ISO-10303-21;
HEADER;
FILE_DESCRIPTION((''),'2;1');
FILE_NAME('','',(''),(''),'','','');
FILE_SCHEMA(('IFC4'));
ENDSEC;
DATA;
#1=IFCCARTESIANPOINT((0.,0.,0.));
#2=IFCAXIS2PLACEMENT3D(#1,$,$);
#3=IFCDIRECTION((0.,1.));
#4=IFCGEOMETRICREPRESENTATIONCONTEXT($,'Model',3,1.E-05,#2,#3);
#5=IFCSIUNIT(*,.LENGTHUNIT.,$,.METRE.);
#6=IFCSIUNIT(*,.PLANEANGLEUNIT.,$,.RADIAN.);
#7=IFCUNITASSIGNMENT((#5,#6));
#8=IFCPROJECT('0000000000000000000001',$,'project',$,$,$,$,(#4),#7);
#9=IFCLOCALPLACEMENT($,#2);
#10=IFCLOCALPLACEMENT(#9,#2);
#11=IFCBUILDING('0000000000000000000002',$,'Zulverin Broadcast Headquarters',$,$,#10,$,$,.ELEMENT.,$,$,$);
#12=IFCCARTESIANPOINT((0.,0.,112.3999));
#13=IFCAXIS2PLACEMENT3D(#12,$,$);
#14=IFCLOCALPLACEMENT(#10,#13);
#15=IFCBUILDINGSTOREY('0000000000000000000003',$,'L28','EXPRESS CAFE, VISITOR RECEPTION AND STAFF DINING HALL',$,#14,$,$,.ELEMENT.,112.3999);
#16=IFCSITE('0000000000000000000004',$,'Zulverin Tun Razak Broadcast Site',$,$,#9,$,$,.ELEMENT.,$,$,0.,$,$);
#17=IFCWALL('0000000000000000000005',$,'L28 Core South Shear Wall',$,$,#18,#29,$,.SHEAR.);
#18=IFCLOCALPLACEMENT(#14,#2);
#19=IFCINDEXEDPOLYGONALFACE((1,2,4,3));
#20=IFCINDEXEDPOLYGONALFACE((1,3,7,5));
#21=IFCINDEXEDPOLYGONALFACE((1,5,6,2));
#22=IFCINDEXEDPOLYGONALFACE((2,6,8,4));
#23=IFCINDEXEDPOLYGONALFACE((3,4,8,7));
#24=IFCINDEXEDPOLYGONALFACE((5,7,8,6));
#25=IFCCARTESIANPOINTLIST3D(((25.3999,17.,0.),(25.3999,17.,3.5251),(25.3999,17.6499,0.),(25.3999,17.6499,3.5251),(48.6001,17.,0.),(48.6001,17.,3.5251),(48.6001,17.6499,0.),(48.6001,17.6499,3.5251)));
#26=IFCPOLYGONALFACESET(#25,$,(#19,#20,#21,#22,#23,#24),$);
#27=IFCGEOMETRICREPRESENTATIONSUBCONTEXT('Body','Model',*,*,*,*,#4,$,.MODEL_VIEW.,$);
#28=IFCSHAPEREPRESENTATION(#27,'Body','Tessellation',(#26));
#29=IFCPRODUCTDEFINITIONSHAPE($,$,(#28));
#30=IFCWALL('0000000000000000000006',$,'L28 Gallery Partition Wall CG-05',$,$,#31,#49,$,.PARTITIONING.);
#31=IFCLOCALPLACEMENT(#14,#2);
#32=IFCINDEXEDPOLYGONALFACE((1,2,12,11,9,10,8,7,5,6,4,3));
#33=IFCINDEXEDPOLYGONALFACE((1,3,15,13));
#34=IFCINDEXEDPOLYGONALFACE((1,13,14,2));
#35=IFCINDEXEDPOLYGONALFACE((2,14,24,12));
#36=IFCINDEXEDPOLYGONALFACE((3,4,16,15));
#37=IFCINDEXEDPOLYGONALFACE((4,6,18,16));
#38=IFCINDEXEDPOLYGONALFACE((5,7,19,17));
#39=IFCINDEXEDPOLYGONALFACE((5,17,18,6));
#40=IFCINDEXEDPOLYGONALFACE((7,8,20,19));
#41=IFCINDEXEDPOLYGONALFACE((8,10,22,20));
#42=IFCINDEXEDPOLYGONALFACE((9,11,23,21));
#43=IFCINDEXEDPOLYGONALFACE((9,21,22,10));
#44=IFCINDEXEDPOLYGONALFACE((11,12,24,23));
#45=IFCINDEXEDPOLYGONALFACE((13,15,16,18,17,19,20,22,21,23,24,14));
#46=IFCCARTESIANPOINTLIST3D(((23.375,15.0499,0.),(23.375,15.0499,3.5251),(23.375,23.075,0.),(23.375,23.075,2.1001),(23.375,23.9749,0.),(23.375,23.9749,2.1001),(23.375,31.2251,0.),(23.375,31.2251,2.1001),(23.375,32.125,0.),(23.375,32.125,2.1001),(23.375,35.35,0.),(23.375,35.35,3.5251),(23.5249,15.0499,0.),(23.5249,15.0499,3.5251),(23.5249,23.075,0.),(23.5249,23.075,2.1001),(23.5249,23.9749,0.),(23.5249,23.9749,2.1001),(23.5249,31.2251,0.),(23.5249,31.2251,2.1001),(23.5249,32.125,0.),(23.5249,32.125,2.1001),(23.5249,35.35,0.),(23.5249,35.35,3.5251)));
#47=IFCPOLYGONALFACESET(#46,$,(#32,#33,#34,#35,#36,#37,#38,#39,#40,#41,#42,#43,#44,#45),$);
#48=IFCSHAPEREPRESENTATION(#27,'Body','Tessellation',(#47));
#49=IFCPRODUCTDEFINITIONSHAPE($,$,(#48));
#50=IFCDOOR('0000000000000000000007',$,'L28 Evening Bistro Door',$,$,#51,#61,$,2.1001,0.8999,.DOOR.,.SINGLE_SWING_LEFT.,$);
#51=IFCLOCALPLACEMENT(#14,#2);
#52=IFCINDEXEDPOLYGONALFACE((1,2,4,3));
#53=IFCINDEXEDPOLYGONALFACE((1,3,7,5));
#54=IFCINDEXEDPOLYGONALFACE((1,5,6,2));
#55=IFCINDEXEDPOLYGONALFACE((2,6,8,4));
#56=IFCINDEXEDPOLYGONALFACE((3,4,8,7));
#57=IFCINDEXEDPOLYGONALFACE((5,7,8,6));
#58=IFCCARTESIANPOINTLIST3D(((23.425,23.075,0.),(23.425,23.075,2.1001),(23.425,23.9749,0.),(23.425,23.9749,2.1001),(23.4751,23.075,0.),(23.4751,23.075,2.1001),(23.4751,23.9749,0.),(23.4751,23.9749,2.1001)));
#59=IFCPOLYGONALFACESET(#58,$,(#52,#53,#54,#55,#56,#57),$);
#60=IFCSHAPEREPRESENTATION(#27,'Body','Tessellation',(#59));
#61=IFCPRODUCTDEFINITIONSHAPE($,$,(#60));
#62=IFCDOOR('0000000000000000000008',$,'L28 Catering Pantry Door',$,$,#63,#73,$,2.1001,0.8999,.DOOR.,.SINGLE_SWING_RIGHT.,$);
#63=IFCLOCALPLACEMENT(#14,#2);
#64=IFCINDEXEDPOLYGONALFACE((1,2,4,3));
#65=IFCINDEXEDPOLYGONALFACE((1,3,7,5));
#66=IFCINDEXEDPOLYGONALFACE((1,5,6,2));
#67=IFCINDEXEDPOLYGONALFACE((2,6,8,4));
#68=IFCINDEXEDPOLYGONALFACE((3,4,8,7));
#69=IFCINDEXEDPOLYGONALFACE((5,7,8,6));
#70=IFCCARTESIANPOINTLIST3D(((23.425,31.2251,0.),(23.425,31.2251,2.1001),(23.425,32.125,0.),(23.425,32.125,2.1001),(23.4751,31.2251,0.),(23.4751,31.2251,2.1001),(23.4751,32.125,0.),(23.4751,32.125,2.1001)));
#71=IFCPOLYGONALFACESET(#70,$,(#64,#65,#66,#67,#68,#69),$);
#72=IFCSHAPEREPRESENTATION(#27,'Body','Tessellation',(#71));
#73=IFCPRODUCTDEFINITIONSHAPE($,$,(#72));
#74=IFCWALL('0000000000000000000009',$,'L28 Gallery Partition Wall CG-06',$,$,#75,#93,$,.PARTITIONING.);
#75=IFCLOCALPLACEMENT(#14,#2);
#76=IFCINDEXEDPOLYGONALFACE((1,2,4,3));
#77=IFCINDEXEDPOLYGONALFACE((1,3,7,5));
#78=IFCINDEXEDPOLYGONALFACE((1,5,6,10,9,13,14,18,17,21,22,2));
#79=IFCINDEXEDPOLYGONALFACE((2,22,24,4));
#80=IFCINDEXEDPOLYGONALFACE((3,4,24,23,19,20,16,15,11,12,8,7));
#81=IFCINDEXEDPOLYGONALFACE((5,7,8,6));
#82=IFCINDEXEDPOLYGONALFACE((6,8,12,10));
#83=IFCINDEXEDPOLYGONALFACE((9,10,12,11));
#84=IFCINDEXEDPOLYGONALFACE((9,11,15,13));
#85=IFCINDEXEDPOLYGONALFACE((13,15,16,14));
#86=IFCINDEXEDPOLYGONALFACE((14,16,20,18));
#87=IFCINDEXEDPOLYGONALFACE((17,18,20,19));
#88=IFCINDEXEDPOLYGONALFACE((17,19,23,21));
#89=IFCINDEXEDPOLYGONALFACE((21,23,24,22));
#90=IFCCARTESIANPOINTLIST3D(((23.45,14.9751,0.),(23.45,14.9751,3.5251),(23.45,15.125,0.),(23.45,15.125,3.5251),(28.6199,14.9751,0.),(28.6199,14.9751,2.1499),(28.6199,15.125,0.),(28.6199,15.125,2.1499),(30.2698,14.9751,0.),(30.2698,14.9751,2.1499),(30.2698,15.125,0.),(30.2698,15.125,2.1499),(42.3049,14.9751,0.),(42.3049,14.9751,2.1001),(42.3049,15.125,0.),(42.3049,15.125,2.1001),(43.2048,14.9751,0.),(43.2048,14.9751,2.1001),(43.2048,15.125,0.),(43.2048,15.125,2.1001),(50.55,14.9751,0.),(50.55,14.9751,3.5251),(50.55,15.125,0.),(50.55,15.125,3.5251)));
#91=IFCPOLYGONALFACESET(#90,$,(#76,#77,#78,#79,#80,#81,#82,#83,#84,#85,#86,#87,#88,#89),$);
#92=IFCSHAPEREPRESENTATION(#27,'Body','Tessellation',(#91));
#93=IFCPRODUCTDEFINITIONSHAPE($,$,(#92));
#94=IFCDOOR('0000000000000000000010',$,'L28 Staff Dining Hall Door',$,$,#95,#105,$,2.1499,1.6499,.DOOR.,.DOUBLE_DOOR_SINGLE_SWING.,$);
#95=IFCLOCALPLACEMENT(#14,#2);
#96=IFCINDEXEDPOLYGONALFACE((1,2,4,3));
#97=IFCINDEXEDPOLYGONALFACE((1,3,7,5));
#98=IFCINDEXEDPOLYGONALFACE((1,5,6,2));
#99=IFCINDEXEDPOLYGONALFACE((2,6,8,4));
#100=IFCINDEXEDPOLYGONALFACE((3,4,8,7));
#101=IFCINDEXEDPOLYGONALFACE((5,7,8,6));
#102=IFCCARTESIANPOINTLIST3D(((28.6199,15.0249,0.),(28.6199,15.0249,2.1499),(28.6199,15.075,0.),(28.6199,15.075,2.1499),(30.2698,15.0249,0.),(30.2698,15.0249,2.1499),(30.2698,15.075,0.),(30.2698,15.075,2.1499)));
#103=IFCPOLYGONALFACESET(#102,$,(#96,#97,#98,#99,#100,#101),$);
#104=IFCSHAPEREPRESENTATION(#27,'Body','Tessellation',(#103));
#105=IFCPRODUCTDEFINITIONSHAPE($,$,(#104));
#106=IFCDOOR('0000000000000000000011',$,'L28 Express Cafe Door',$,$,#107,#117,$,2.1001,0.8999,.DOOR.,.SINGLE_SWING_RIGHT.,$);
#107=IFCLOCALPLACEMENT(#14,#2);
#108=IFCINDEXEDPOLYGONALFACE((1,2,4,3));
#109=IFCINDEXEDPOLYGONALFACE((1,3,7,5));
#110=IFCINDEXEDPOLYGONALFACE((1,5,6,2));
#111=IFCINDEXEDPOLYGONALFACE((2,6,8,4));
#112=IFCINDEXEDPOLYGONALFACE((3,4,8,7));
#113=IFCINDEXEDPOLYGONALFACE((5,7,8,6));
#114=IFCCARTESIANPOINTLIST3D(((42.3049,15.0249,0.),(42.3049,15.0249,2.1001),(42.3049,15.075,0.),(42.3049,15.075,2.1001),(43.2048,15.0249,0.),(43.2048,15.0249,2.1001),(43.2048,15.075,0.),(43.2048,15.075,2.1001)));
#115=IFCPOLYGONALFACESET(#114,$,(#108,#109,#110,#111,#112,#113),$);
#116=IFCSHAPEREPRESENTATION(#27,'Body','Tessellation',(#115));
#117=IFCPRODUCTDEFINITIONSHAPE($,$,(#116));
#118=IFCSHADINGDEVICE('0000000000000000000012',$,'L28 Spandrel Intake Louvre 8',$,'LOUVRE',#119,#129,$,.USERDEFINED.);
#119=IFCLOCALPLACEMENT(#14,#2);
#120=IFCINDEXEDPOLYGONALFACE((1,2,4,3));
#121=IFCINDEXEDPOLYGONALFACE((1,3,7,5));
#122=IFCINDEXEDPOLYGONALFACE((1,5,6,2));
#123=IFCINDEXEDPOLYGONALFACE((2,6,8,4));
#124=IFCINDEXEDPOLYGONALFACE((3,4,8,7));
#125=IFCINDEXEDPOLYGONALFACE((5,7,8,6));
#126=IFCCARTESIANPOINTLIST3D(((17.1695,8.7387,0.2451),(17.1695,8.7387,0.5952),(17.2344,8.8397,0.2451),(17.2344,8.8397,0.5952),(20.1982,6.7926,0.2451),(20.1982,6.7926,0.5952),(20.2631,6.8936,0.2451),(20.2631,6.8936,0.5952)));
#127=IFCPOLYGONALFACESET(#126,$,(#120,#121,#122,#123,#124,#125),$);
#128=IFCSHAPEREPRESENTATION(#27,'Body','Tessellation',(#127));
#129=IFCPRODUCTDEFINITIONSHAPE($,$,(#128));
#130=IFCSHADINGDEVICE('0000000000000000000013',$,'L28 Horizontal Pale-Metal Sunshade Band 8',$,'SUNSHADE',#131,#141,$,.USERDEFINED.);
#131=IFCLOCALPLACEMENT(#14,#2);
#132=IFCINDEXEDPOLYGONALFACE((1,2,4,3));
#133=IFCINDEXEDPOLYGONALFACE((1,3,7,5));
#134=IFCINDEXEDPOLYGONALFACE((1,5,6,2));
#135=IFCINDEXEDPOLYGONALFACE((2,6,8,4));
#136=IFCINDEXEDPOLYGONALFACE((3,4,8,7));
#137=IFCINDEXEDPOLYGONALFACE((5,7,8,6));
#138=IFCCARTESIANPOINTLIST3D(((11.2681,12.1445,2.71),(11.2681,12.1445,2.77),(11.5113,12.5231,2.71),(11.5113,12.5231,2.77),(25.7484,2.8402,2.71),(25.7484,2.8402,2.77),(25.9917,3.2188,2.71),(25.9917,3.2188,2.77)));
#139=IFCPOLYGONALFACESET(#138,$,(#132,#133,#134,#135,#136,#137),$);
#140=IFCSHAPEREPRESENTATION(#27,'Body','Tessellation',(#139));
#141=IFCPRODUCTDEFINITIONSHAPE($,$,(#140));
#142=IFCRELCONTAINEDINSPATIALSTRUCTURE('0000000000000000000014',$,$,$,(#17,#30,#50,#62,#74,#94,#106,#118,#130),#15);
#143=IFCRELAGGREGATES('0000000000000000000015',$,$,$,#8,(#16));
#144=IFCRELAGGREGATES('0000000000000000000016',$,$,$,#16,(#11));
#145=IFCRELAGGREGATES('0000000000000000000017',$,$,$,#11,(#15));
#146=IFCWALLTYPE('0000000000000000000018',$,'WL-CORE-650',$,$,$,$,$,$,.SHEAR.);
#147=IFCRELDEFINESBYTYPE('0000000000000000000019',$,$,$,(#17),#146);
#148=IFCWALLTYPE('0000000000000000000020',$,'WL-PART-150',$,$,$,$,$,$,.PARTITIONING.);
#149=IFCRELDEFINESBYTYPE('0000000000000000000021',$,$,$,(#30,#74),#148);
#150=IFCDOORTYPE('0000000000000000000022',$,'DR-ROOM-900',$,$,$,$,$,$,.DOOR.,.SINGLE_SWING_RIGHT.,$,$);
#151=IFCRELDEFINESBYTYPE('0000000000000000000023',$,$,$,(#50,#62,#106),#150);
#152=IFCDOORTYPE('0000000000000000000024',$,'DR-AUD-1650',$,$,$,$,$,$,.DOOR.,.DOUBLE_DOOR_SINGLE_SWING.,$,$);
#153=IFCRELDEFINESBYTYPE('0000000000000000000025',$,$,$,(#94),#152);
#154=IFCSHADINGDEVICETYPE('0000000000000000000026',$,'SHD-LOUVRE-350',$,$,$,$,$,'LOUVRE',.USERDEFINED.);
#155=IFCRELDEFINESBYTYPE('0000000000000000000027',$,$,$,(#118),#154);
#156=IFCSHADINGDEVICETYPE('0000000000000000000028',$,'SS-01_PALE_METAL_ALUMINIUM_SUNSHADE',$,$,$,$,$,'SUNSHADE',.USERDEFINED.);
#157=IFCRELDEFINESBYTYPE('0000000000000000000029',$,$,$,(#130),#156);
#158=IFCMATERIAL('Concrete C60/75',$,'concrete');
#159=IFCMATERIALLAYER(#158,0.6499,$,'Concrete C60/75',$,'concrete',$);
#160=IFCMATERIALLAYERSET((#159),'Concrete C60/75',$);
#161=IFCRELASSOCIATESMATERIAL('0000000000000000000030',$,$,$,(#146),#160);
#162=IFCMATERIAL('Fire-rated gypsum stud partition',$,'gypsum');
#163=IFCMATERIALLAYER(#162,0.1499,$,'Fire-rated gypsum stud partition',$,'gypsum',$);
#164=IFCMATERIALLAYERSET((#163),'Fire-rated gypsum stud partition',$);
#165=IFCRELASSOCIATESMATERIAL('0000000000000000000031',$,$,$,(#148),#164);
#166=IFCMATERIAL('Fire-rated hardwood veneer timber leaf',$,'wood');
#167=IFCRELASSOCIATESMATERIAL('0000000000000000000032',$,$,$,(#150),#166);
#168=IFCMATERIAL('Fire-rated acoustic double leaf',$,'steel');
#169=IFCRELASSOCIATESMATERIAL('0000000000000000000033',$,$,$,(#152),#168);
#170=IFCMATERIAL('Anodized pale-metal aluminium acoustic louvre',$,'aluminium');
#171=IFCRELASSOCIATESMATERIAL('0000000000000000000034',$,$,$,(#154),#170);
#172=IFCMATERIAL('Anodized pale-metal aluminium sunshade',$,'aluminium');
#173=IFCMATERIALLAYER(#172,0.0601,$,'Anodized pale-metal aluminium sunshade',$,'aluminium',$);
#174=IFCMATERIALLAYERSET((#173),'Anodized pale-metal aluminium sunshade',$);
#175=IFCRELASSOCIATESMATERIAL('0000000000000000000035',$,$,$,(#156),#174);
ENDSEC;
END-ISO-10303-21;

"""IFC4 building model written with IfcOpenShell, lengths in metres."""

from ifc_helpers import new_model, si_unit, direction, frame, frame_2d, origin, origin_2d, place, context, subcontext, project, spatial, rectangle, extrude, material, layer, layer_set, type_object, element, fill, save


model = new_model("IFC4")

# Units and contexts
model_context = context("Model", 3, precision=1e-05, world=origin(), true_north=direction((0.0, 1.0)))
body_context = subcontext(model_context, "Body", "Model", "MODEL_VIEW")
ifc_project = project(units=[si_unit("LENGTHUNIT", "METRE"), si_unit("PLANEANGLEUNIT", "RADIAN")], contexts=[model_context])

# Site, building, storey
site_placement = place(None, origin())
site = spatial("IfcSite", under=ifc_project, at=site_placement, Name="Zulverin Tun Razak Broadcast Site", CompositionType="ELEMENT", RefElevation=0.0)
building_placement = place(site_placement, origin())
building = spatial("IfcBuilding", under=site, at=building_placement, Name="Zulverin Broadcast Headquarters", CompositionType="ELEMENT")
storey_placement = place(building_placement, frame((0.0, 0.0, 112.3999)))
storey = spatial("IfcBuildingStorey", under=building, at=storey_placement, Name="L28", Description="EXPRESS CAFE, VISITOR RECEPTION AND STAFF DINING HALL", CompositionType="ELEMENT", Elevation=112.3999)

# Shared definitions
ifc_material_1 = material(Name="Concrete C60/75", Category="concrete")

# Wall
ifc_layer_1 = layer(ifc_material_1, 0.6499, Name="Concrete C60/75", Category="concrete")
ifc_layer_set_1 = layer_set([ifc_layer_1], Name="Concrete C60/75")
wall_type_1 = type_object("IfcWallType", Name="WL-CORE-650", PredefinedType="SHEAR", material=ifc_layer_set_1)
wall_1_placement = place(storey_placement, frame((25.3999, 17.325, 0.0), z_axis=(0.0, 0.0, 1.0), x_axis=(1.0, 0.0, 0.0)))
element("IfcWall", 1, at=wall_1_placement, inside=storey, type_object=wall_type_1, Name="L28 Core South Shear Wall", PredefinedType="SHEAR", context=body_context, shape_type="SweptSolid", body=[
    extrude(rectangle(XDim=23.2002, YDim=0.6499, at=frame_2d((11.6001, 0.0))), origin(), (0.0, 0.0, 1.0), 3.5251),
])

# Walls, openings, doors
ifc_material_2 = material(Name="Fire-rated gypsum stud partition", Category="gypsum")
ifc_layer_2 = layer(ifc_material_2, 0.1499, Name="Fire-rated gypsum stud partition", Category="gypsum")
ifc_layer_set_2 = layer_set([ifc_layer_2], Name="Fire-rated gypsum stud partition")
wall_type_2 = type_object("IfcWallType", Name="WL-PART-150", PredefinedType="PARTITIONING", material=ifc_layer_set_2)
wall_2_placement = place(storey_placement, frame((23.45, 15.05, 0.0), z_axis=(0.0, 0.0, 1.0), x_axis=(0.0, 1.0, 0.0)))
wall_2 = element("IfcWall", 2, at=wall_2_placement, inside=storey, type_object=wall_type_2, Name="L28 Gallery Partition Wall CG-05", PredefinedType="PARTITIONING", context=body_context, shape_type="SweptSolid", body=[
    extrude(rectangle(XDim=20.3, YDim=0.1499, at=frame_2d((10.1499, 0.0))), origin(), (0.0, 0.0, 1.0), 3.5251),
])
opening_1_placement = place(wall_2_placement, frame((8.0249, 0.0, 0.0)))
opening_1 = element("IfcOpeningElement", 3, at=opening_1_placement, cuts=wall_2, PredefinedType="OPENING", context=body_context, shape_type="SweptSolid", body=[
    extrude(rectangle(XDim=0.8999, YDim=2.1001, at=frame_2d((0.45, 1.05))), frame((0.0, 0.085, 0.0), z_axis=(0.0, -1.0, 0.0), x_axis=(1.0, 0.0, 0.0)), (0.0, 0.0, 1.0), 0.1699),
])
opening_2_placement = place(wall_2_placement, frame((16.175, 0.0, 0.0)))
opening_2 = element("IfcOpeningElement", 4, at=opening_2_placement, cuts=wall_2, PredefinedType="OPENING", context=body_context, shape_type="SweptSolid", body=[
    extrude(rectangle(XDim=0.8999, YDim=2.1001, at=frame_2d((0.45, 1.05))), frame((0.0, 0.085, 0.0), z_axis=(0.0, -1.0, 0.0), x_axis=(1.0, 0.0, 0.0)), (0.0, 0.0, 1.0), 0.1699),
])
ifc_material_3 = material(Name="Fire-rated hardwood veneer timber leaf", Category="wood")
door_type_1 = type_object("IfcDoorType", Name="DR-ROOM-900", OperationType="SINGLE_SWING_RIGHT", PredefinedType="DOOR", material=ifc_material_3)
door_1_placement = place(opening_1_placement, origin())
door_1 = element("IfcDoor", 5, at=door_1_placement, inside=storey, type_object=door_type_1, Name="L28 Evening Bistro Door", OperationType="SINGLE_SWING_LEFT", OverallHeight=2.1001, OverallWidth=0.8999, PredefinedType="DOOR", context=body_context, shape_type="SweptSolid", body=[
    extrude(rectangle(XDim=0.8999, YDim=2.1001, at=frame_2d((0.45, 1.05))), frame((0.0, 0.0249, 0.0), z_axis=(0.0, -1.0, 0.0), x_axis=(1.0, 0.0, 0.0)), (0.0, 0.0, 1.0), 0.05),
])
fill(opening_1, door_1)
door_2_placement = place(opening_2_placement, origin())
door_2 = element("IfcDoor", 6, at=door_2_placement, inside=storey, type_object=door_type_1, Name="L28 Catering Pantry Door", OperationType="SINGLE_SWING_RIGHT", OverallHeight=2.1001, OverallWidth=0.8999, PredefinedType="DOOR", context=body_context, shape_type="SweptSolid", body=[
    extrude(rectangle(XDim=0.8999, YDim=2.1001, at=frame_2d((0.45, 1.05))), frame((0.0, 0.0249, 0.0), z_axis=(0.0, -1.0, 0.0), x_axis=(1.0, 0.0, 0.0)), (0.0, 0.0, 1.0), 0.05),
])
fill(opening_2, door_2)
wall_3_placement = place(storey_placement, frame((23.45, 15.05, 0.0), z_axis=(0.0, 0.0, 1.0), x_axis=(1.0, 0.0, 0.0)))
wall_3 = element("IfcWall", 7, at=wall_3_placement, inside=storey, type_object=wall_type_2, Name="L28 Gallery Partition Wall CG-06", PredefinedType="PARTITIONING", context=body_context, shape_type="SweptSolid", body=[
    extrude(rectangle(XDim=27.1001, YDim=0.1499, at=frame_2d((13.55, 0.0))), origin(), (0.0, 0.0, 1.0), 3.5251),
])
opening_3_placement = place(wall_3_placement, frame((5.1699, 0.0, 0.0)))
opening_3 = element("IfcOpeningElement", 8, at=opening_3_placement, cuts=wall_3, PredefinedType="OPENING", context=body_context, shape_type="SweptSolid", body=[
    extrude(rectangle(XDim=1.6499, YDim=2.1499, at=frame_2d((0.825, 1.075))), frame((0.0, 0.085, 0.0), z_axis=(0.0, -1.0, 0.0), x_axis=(1.0, 0.0, 0.0)), (0.0, 0.0, 1.0), 0.1699),
])
opening_4_placement = place(wall_3_placement, frame((18.855, 0.0, 0.0)))
opening_4 = element("IfcOpeningElement", 9, at=opening_4_placement, cuts=wall_3, PredefinedType="OPENING", context=body_context, shape_type="SweptSolid", body=[
    extrude(rectangle(XDim=0.8999, YDim=2.1001, at=frame_2d((0.45, 1.05))), frame((0.0, 0.085, 0.0), z_axis=(0.0, -1.0, 0.0), x_axis=(1.0, 0.0, 0.0)), (0.0, 0.0, 1.0), 0.1699),
])
ifc_material_4 = material(Name="Fire-rated acoustic double leaf", Category="steel")
door_type_2 = type_object("IfcDoorType", Name="DR-AUD-1650", OperationType="DOUBLE_DOOR_SINGLE_SWING", PredefinedType="DOOR", material=ifc_material_4)
door_3_placement = place(opening_3_placement, origin())
door_3 = element("IfcDoor", 10, at=door_3_placement, inside=storey, type_object=door_type_2, Name="L28 Staff Dining Hall Door", OperationType="DOUBLE_DOOR_SINGLE_SWING", OverallHeight=2.1499, OverallWidth=1.6499, PredefinedType="DOOR", context=body_context, shape_type="SweptSolid", body=[
    extrude(rectangle(XDim=1.6499, YDim=2.1499, at=frame_2d((0.825, 1.075))), frame((0.0, 0.0249, 0.0), z_axis=(0.0, -1.0, 0.0), x_axis=(1.0, 0.0, 0.0)), (0.0, 0.0, 1.0), 0.05),
])
fill(opening_3, door_3)
door_4_placement = place(opening_4_placement, origin())
door_4 = element("IfcDoor", 11, at=door_4_placement, inside=storey, type_object=door_type_1, Name="L28 Express Cafe Door", OperationType="SINGLE_SWING_RIGHT", OverallHeight=2.1001, OverallWidth=0.8999, PredefinedType="DOOR", context=body_context, shape_type="SweptSolid", body=[
    extrude(rectangle(XDim=0.8999, YDim=2.1001, at=frame_2d((0.45, 1.05))), frame((0.0, 0.0249, 0.0), z_axis=(0.0, -1.0, 0.0), x_axis=(1.0, 0.0, 0.0)), (0.0, 0.0, 1.0), 0.05),
])
fill(opening_4, door_4)

# Shading devices
ifc_material_5 = material(Name="Anodized pale-metal aluminium acoustic louvre", Category="aluminium")
shading_device_type_1 = type_object("IfcShadingDeviceType", Name="SHD-LOUVRE-350", ElementType="LOUVRE", PredefinedType="USERDEFINED", material=ifc_material_5)
shading_device_1_placement = place(storey_placement, frame((18.7163, 7.8162, 0.2451), z_axis=(0.0, 0.0, 1.0), x_axis=(0.841297, -0.540574, 0.0)))
element("IfcShadingDevice", 12, at=shading_device_1_placement, inside=storey, type_object=shading_device_type_1, Name="L28 Spandrel Intake Louvre 8", ObjectType="LOUVRE", PredefinedType="USERDEFINED", context=body_context, shape_type="SweptSolid", body=[
    extrude(rectangle(XDim=3.6001, YDim=0.1201, at=origin_2d()), origin(), (0.0, 0.0, 1.0), 0.3501),
])
ifc_material_6 = material(Name="Anodized pale-metal aluminium sunshade", Category="aluminium")
ifc_layer_3 = layer(ifc_material_6, 0.0601, Name="Anodized pale-metal aluminium sunshade", Category="aluminium")
ifc_layer_set_3 = layer_set([ifc_layer_3], Name="Anodized pale-metal aluminium sunshade")
shading_device_type_2 = type_object("IfcShadingDeviceType", Name="SS-01_PALE_METAL_ALUMINIUM_SUNSHADE", ElementType="SUNSHADE", PredefinedType="USERDEFINED", material=ifc_layer_set_3)
shading_device_2_placement = place(storey_placement, frame((18.6299, 7.6816, 2.71), z_axis=(0.0, 0.0, 1.0), x_axis=(0.841297, -0.540574, 0.0)))
element("IfcShadingDevice", 13, at=shading_device_2_placement, inside=storey, type_object=shading_device_type_2, Name="L28 Horizontal Pale-Metal Sunshade Band 8", ObjectType="SUNSHADE", PredefinedType="USERDEFINED", context=body_context, shape_type="SweptSolid", body=[
    extrude(rectangle(XDim=17.2119, YDim=0.45, at=origin_2d()), origin(), (0.0, 0.0, 1.0), 0.0601),
])

save(model, "model.ifc")
